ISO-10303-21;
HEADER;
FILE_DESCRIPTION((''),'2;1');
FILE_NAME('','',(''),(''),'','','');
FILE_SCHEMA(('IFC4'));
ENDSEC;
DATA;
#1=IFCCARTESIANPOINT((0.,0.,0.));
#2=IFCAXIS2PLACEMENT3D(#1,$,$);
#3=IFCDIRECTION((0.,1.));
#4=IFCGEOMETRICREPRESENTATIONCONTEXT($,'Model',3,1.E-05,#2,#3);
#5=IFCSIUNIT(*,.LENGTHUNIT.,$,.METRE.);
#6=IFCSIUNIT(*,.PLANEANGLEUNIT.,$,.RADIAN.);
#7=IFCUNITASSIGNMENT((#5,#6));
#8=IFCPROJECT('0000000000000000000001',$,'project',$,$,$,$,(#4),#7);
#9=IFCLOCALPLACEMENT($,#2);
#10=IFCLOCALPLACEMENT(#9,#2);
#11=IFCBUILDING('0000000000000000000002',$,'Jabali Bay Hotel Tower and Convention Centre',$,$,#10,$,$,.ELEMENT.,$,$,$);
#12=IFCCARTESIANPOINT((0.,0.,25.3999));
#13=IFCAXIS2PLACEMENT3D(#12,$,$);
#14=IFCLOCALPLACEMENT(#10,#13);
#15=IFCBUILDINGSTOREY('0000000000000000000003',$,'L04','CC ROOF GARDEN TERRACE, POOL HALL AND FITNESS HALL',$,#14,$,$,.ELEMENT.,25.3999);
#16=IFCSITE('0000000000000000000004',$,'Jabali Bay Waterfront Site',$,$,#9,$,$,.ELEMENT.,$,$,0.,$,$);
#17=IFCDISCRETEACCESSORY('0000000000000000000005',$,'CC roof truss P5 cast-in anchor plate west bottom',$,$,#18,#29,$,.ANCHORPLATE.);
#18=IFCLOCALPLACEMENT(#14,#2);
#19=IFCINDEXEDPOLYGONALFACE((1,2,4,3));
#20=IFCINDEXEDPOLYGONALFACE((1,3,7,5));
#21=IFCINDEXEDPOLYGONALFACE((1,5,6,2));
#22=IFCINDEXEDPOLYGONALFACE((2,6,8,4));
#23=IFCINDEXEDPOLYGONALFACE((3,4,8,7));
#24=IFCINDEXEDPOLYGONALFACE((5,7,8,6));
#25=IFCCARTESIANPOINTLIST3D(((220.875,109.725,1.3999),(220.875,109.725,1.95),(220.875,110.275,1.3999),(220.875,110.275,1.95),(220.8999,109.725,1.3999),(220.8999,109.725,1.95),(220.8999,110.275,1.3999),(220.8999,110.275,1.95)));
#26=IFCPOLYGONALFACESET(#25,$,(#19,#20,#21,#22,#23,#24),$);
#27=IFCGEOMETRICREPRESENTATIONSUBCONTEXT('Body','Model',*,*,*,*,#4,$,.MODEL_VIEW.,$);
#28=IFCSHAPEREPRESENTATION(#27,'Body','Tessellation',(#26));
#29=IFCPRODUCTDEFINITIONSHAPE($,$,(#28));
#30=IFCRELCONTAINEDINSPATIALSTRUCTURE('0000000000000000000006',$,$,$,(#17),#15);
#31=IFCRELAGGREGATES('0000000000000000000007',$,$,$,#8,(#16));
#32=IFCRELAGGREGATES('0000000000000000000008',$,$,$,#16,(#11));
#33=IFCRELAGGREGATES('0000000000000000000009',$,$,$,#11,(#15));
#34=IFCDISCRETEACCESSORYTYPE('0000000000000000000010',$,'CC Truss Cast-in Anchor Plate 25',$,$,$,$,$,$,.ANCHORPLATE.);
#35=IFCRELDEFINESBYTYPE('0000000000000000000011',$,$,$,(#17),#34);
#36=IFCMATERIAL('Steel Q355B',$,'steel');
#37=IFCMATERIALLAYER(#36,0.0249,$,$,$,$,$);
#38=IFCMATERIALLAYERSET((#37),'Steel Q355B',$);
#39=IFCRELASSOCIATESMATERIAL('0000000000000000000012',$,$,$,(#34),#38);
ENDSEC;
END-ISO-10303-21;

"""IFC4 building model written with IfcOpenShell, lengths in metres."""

from ifc_helpers import new_model, si_unit, direction, frame, origin, origin_2d, place, context, subcontext, project, spatial, rectangle, extrude, material, layer, layer_set, type_object, element, save


model = new_model("IFC4")

# Units and contexts
model_context = context("Model", 3, precision=1e-05, world=origin(), true_north=direction((0.0, 1.0)))
body_context = subcontext(model_context, "Body", "Model", "MODEL_VIEW")
ifc_project = project(units=[si_unit("LENGTHUNIT", "METRE"), si_unit("PLANEANGLEUNIT", "RADIAN")], contexts=[model_context])

# Site, building, storey
site_placement = place(None, origin())
site = spatial("IfcSite", under=ifc_project, at=site_placement, Name="Jabali Bay Waterfront Site", CompositionType="ELEMENT", RefElevation=0.0)
building_placement = place(site_placement, origin())
building = spatial("IfcBuilding", under=site, at=building_placement, Name="Jabali Bay Hotel Tower and Convention Centre", CompositionType="ELEMENT")
storey_placement = place(building_placement, frame((0.0, 0.0, 25.3999)))
storey = spatial("IfcBuildingStorey", under=building, at=storey_placement, Name="L04", Description="CC ROOF GARDEN TERRACE, POOL HALL AND FITNESS HALL", CompositionType="ELEMENT", Elevation=25.3999)

# Shared definitions
ifc_material_1 = material(Name="Steel Q355B", Category="steel")

# Discrete accessory
ifc_layer_1 = layer(ifc_material_1, 0.0249)
ifc_layer_set_1 = layer_set([ifc_layer_1], Name="Steel Q355B")
discrete_accessory_type = type_object("IfcDiscreteAccessoryType", Name="CC Truss Cast-in Anchor Plate 25", PredefinedType="ANCHORPLATE", material=ifc_layer_set_1)
for number, where, z_axis, x_axis, name in (
    (1, (220.8875, 110.0, 1.3999), (0.0, 0.0, 1.0), (1.0, 0.0, 0.0), "CC roof truss P5 cast-in anchor plate west bottom"),
):
    element("IfcDiscreteAccessory", number, at=place(storey_placement, frame(where, z_axis=z_axis, x_axis=x_axis)), inside=storey, type_object=discrete_accessory_type, Name=name, PredefinedType="ANCHORPLATE", context=body_context, shape_type="SweptSolid", body=[
        extrude(rectangle(XDim=0.0249, YDim=0.55, at=origin_2d()), origin(), (0.0, 0.0, 1.0), 0.55),
    ])

save(model, "model.ifc")
